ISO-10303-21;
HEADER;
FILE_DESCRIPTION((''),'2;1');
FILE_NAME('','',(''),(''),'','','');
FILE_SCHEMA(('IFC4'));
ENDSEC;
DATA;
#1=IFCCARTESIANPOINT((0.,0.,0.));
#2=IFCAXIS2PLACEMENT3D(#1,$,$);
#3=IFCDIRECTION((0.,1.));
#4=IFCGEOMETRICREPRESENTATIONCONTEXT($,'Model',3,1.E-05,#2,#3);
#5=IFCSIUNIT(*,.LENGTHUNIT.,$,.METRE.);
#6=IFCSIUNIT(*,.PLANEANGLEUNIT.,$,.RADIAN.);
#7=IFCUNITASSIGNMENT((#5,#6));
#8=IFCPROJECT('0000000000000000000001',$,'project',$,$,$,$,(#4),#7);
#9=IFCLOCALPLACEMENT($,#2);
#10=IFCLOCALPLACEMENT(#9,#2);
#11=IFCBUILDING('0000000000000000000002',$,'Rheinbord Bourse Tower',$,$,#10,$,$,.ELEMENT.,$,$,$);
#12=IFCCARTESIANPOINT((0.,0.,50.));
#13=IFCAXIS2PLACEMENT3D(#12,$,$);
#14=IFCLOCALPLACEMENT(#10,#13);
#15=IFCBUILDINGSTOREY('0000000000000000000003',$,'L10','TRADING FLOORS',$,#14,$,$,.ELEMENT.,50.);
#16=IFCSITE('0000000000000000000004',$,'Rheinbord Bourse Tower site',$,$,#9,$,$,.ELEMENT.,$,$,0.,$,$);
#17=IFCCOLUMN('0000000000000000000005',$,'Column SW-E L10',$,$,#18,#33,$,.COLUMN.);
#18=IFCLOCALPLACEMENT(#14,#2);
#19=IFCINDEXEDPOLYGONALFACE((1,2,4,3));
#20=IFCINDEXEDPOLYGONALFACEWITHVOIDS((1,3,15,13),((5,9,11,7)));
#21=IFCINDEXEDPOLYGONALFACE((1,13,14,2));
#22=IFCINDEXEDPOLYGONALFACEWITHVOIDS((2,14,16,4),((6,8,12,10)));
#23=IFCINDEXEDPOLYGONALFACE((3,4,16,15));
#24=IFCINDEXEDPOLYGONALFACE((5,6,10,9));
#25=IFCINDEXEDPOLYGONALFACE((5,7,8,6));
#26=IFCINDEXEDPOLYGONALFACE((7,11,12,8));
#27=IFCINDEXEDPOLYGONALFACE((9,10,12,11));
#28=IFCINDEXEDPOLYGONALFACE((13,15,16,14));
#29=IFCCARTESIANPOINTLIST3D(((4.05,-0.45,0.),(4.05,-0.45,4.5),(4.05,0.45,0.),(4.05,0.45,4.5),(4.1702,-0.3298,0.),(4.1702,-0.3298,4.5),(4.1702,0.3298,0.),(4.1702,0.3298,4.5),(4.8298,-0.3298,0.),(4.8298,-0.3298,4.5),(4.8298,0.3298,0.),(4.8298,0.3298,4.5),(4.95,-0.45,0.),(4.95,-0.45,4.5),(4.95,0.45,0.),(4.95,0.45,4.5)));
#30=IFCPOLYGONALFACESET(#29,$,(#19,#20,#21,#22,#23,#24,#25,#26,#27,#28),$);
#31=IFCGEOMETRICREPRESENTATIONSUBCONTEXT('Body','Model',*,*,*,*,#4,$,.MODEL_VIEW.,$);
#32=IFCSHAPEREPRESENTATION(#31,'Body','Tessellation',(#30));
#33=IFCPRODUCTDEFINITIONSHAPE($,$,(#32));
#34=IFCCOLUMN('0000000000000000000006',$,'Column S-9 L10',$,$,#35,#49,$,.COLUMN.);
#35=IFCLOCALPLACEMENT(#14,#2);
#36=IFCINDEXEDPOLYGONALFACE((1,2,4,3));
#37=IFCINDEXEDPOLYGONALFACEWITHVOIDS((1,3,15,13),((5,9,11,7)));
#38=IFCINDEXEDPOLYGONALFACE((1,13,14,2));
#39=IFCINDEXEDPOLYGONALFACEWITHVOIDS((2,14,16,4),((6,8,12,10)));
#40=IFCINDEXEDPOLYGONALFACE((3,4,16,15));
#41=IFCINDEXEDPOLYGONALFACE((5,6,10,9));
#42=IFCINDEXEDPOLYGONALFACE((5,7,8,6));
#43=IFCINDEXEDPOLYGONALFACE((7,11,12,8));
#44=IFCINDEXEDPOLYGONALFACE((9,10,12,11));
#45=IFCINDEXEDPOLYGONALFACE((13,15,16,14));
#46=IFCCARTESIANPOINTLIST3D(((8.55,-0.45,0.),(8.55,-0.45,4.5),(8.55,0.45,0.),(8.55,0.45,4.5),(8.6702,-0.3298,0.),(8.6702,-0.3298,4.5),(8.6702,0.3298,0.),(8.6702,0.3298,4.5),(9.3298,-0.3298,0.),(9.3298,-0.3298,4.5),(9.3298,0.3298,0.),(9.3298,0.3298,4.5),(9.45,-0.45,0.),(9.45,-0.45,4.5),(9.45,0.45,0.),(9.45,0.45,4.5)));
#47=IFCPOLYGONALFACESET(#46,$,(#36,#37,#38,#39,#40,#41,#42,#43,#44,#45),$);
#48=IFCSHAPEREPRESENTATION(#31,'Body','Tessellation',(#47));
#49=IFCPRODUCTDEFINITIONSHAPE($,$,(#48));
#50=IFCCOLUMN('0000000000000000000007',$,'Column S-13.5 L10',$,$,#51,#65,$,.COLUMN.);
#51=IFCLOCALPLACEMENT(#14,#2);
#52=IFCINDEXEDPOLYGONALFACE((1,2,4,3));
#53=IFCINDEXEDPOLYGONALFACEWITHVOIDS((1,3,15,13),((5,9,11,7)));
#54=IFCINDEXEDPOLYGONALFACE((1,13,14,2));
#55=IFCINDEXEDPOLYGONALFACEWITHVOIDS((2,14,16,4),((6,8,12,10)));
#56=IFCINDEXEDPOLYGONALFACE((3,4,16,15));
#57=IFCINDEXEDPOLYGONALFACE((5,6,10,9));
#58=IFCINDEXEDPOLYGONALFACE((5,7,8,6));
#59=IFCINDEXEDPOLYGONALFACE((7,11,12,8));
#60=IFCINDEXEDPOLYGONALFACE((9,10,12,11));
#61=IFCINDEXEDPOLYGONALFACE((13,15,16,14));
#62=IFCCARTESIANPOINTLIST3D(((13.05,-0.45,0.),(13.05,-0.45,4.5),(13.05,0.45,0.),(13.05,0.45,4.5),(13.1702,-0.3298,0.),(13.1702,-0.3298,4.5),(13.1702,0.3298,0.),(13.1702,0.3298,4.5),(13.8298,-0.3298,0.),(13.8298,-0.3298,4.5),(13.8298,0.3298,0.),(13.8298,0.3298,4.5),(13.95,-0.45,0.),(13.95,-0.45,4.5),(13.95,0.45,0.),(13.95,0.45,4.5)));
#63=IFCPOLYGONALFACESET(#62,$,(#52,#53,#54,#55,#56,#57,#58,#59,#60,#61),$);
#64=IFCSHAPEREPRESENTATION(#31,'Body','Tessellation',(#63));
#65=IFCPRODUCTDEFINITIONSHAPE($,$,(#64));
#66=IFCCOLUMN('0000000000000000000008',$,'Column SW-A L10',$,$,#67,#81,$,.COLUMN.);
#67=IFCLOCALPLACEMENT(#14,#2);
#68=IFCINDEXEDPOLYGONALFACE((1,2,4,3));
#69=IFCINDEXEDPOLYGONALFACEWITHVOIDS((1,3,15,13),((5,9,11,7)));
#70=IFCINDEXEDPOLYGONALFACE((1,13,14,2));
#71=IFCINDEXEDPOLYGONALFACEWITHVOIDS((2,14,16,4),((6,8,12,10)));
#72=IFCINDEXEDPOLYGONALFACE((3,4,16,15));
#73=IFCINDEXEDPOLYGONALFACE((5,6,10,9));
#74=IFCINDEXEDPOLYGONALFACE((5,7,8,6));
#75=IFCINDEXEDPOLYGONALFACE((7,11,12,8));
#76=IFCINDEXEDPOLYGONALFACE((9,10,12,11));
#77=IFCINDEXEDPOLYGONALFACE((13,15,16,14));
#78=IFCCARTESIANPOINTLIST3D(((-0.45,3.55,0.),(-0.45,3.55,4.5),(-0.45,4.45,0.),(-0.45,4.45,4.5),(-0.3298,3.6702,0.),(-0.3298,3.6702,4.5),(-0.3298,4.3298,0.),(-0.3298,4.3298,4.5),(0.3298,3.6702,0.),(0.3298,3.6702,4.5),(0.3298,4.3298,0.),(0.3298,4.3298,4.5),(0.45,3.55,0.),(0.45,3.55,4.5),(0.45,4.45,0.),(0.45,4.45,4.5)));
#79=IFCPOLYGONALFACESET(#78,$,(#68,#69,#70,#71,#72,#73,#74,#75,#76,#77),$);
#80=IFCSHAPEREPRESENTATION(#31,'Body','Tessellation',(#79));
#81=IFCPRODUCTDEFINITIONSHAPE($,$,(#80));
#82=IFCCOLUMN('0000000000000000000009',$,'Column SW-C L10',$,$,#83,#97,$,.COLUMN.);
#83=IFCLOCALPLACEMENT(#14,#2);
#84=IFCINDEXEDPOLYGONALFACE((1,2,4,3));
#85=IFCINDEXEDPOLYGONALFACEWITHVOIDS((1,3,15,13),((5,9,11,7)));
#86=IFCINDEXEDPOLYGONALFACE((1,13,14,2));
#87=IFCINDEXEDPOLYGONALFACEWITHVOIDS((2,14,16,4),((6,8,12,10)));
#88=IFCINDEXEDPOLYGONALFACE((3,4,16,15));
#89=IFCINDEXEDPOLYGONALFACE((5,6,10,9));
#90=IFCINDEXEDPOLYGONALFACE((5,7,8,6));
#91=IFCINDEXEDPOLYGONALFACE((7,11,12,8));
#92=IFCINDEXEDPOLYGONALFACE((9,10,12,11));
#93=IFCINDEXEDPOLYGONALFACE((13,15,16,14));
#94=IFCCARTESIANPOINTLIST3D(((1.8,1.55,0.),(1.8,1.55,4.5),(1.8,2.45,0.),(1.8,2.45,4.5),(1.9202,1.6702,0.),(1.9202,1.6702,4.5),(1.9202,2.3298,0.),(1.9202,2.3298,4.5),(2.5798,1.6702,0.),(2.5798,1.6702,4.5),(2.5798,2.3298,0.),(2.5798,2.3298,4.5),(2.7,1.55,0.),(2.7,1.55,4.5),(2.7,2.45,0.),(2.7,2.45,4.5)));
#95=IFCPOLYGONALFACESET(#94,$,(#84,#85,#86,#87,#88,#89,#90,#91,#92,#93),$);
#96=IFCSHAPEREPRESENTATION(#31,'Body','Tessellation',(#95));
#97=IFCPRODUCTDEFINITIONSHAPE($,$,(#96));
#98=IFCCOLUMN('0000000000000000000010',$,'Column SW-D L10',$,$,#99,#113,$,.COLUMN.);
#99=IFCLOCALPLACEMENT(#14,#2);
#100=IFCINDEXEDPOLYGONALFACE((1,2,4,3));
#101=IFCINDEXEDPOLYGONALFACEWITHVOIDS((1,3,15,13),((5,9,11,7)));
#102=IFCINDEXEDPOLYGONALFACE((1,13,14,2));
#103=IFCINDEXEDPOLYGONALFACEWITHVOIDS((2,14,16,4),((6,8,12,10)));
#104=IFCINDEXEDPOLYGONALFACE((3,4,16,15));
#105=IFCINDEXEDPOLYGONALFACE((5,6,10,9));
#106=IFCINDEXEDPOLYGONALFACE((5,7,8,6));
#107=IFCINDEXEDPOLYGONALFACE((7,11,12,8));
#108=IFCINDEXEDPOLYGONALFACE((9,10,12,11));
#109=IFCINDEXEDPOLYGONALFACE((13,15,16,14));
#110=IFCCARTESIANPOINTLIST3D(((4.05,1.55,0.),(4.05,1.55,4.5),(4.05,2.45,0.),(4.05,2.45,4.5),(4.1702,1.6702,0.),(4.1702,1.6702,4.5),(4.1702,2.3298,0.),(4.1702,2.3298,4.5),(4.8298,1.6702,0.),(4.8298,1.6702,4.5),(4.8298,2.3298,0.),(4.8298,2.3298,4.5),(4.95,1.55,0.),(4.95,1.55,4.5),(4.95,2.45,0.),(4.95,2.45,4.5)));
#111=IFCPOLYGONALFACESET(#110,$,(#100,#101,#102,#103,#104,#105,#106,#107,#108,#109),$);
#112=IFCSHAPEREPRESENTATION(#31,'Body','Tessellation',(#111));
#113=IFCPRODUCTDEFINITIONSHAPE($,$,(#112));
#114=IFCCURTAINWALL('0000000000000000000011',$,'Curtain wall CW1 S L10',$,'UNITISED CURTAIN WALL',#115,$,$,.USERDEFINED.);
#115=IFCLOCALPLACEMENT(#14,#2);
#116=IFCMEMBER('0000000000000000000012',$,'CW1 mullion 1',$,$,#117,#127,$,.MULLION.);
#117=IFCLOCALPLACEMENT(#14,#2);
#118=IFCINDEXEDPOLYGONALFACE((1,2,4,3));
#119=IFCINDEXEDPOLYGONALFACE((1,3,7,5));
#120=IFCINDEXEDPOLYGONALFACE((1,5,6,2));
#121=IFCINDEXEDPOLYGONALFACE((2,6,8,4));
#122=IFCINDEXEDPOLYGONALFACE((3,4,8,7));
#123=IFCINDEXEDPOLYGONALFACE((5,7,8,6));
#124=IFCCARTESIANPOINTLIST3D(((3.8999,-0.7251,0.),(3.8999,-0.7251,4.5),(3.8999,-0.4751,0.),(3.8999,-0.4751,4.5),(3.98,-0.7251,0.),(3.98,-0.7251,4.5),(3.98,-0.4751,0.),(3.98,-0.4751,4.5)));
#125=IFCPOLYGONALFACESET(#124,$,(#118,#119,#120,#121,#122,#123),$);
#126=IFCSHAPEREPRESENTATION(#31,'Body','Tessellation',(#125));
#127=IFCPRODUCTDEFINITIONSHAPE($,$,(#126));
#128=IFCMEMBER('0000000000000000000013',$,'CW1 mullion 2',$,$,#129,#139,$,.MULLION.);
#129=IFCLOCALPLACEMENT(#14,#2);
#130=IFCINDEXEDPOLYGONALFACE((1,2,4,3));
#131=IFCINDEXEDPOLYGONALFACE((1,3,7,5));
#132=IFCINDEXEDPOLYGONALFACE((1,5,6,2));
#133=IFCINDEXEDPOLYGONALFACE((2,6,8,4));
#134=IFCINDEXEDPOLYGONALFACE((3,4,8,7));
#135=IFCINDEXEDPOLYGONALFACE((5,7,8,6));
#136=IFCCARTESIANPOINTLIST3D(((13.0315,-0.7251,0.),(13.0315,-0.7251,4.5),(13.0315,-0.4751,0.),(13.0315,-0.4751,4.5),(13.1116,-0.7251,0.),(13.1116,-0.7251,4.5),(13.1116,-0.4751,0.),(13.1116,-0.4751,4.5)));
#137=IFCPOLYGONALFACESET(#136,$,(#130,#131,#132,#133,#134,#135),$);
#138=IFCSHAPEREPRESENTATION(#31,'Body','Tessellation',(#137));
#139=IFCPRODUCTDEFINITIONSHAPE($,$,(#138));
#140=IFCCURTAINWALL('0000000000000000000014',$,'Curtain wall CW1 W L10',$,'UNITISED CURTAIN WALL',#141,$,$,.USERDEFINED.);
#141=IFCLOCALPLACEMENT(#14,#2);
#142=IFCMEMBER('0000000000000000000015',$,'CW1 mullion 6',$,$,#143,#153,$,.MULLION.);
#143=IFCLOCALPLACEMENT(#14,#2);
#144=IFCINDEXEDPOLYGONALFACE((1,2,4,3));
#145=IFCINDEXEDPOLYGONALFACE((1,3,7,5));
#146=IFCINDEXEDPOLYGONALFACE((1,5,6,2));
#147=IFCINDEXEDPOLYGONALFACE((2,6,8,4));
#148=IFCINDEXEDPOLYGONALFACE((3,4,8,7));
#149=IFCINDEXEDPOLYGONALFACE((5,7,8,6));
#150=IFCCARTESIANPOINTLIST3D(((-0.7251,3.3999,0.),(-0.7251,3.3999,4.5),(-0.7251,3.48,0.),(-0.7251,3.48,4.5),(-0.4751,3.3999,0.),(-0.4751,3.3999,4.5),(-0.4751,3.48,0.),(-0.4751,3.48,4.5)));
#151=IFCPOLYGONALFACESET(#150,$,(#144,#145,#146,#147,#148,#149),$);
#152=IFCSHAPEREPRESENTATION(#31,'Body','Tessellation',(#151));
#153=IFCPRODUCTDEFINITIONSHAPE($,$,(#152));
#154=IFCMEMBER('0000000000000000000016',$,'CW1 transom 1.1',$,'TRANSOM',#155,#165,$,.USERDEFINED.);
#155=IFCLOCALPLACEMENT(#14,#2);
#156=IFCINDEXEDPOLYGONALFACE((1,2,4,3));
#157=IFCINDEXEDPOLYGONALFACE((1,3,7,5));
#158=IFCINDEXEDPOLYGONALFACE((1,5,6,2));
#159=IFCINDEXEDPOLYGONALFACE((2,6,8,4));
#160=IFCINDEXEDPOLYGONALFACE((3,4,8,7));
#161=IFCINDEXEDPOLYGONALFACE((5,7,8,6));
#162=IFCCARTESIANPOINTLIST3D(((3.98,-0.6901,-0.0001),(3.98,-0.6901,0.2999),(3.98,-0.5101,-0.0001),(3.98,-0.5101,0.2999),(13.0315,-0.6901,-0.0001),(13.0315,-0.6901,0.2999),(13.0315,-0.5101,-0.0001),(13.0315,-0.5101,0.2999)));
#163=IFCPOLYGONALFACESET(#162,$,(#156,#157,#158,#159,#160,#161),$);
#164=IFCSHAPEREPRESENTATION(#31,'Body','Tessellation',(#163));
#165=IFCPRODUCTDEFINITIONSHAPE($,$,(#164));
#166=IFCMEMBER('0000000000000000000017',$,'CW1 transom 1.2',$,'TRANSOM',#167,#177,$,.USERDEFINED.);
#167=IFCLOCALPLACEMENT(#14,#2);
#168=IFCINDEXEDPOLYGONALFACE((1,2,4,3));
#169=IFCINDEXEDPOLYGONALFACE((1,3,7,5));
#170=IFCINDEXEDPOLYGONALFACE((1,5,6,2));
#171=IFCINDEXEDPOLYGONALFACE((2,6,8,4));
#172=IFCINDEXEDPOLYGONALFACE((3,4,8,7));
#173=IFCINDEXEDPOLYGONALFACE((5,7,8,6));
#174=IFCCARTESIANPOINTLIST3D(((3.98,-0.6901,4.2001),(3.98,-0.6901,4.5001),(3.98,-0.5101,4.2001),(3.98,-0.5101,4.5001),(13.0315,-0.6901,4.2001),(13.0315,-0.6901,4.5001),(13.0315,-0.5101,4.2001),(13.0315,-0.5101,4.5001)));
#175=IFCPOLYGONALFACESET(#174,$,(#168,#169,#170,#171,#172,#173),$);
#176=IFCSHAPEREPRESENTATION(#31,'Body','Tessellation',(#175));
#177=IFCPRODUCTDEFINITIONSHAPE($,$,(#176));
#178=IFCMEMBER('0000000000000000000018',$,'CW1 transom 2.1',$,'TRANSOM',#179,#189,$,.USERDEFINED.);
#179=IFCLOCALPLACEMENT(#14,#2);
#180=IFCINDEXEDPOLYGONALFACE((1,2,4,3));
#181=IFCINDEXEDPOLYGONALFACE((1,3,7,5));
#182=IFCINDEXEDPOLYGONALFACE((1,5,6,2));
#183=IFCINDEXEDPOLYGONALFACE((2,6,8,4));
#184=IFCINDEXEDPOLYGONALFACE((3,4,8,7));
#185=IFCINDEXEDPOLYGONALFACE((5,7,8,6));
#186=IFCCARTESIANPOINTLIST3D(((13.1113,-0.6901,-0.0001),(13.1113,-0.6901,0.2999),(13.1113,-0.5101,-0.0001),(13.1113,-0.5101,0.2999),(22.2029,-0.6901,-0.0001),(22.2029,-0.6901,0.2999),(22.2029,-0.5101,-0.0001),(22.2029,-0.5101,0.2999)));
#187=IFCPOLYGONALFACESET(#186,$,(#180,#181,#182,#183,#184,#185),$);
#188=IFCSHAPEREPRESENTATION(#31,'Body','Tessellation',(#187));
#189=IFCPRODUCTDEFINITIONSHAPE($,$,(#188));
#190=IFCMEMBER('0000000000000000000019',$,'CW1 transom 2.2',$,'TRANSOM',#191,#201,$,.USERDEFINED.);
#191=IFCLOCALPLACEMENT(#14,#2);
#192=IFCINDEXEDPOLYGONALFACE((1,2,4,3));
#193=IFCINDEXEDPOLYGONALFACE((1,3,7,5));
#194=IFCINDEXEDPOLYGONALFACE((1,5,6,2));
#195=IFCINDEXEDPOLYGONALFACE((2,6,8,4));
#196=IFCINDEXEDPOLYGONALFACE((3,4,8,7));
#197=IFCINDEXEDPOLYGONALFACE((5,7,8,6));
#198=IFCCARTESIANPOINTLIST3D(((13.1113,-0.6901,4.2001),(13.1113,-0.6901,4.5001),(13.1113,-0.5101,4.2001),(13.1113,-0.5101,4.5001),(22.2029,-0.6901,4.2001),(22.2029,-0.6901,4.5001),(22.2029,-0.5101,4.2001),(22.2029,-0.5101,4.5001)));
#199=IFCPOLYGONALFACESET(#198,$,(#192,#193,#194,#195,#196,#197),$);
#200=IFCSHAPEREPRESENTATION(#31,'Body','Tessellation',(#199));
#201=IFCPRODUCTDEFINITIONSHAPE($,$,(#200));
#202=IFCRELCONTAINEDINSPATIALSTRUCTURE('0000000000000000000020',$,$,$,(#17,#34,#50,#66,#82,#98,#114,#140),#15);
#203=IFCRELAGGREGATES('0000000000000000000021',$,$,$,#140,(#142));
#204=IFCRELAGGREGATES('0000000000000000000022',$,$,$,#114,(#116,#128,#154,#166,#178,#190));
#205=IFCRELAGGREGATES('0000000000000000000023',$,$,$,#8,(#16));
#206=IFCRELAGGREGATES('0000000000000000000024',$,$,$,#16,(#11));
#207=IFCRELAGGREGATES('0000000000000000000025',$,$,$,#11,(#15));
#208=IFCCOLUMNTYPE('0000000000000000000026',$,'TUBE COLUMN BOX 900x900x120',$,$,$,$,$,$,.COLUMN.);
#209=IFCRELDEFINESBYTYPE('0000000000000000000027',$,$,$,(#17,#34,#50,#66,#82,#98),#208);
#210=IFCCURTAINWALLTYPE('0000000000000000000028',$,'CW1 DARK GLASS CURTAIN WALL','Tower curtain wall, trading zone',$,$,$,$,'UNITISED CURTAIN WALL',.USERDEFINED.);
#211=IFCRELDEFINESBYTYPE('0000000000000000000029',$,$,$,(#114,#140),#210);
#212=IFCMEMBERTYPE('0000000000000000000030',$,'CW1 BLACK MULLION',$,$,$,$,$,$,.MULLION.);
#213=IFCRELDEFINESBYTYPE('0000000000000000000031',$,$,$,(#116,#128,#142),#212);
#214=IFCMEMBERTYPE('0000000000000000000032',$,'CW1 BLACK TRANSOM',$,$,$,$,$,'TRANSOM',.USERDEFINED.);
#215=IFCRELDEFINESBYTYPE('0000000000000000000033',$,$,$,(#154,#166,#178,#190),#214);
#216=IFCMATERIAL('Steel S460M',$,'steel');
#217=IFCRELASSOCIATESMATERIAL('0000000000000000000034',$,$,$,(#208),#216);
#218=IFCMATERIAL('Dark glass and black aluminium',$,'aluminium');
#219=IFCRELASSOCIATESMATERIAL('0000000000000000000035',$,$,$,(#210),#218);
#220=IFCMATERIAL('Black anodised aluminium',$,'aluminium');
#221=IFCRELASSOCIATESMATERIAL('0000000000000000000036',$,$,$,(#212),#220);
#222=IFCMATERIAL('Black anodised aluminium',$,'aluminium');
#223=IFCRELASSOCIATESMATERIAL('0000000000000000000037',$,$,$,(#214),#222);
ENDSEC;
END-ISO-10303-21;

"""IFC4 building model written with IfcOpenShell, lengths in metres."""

from ifc_helpers import new_model, si_unit, direction, frame, origin, origin_2d, place, context, subcontext, project, spatial, rectangle, hollow_rectangle, extrude, material, material_profile, profile_set, type_object, element, aggregate, save


model = new_model("IFC4")

# Units and contexts
model_context = context("Model", 3, precision=1e-05, world=origin(), true_north=direction((0.0, 1.0)))
body_context = subcontext(model_context, "Body", "Model", "MODEL_VIEW")
ifc_project = project(units=[si_unit("LENGTHUNIT", "METRE"), si_unit("PLANEANGLEUNIT", "RADIAN")], contexts=[model_context])

# Site, building, storey
site_placement = place(None, origin())
site = spatial("IfcSite", under=ifc_project, at=site_placement, Name="Rheinbord Bourse Tower site", CompositionType="ELEMENT", RefElevation=0.0)
building_placement = place(site_placement, origin())
building = spatial("IfcBuilding", under=site, at=building_placement, Name="Rheinbord Bourse Tower", CompositionType="ELEMENT")
storey_placement = place(building_placement, frame((0.0, 0.0, 50.0)))
storey = spatial("IfcBuildingStorey", under=building, at=storey_placement, Name="L10", Description="TRADING FLOORS", CompositionType="ELEMENT", Elevation=50.0)

# Columns
ifc_material_1 = material(Name="Steel S460M", Category="steel")
ifc_material_profile_1 = material_profile(ifc_material_1, hollow_rectangle(XDim=0.8999, YDim=0.8999, WallThickness=0.1201, at=origin_2d()), Name="BOX 900x900x120")
ifc_profile_set_1 = profile_set([ifc_material_profile_1], Name="Steel S460M")
column_type = type_object("IfcColumnType", Name="TUBE COLUMN BOX 900x900x120", PredefinedType="COLUMN", material=ifc_profile_set_1)
for number, where, z_axis, x_axis, name in (
    (1, (4.5, 0.0, 0.0), (0.0, 0.0, 1.0), (0.0, 1.0, 0.0), "Column SW-E L10"),
    (2, (9.0, 0.0, 0.0), (0.0, 0.0, 1.0), (0.0, 1.0, 0.0), "Column S-9 L10"),
    (3, (13.5, 0.0, 0.0), (0.0, 0.0, 1.0), (0.0, 1.0, 0.0), "Column S-13.5 L10"),
    (4, (0.0, 4.0, 0.0), (0.0, 0.0, 1.0), (1.0, 0.0, 0.0), "Column SW-A L10"),
    (5, (2.25, 2.0, 0.0), (0.0, 0.0, 1.0), (1.0, 0.0, 0.0), "Column SW-C L10"),
    (6, (4.5, 2.0, 0.0), (0.0, 0.0, 1.0), (0.0, 1.0, 0.0), "Column SW-D L10"),
):
    element("IfcColumn", number, at=place(storey_placement, frame(where, z_axis=z_axis, x_axis=x_axis)), inside=storey, type_object=column_type, Name=name, PredefinedType="COLUMN", context=body_context, shape_type="SweptSolid", body=[
        extrude(hollow_rectangle(XDim=0.8999, YDim=0.8999, WallThickness=0.1201, at=origin_2d()), origin(), (0.0, 0.0, 1.0), 4.5),
    ])

# Curtain wall, members
ifc_material_2 = material(Name="Dark glass and black aluminium", Category="aluminium")
curtain_wall_type = type_object("IfcCurtainWallType", Name="CW1 DARK GLASS CURTAIN WALL", Description="Tower curtain wall, trading zone", ElementType="UNITISED CURTAIN WALL", PredefinedType="USERDEFINED", material=ifc_material_2)
curtain_wall_1_placement = place(storey_placement, origin())
curtain_wall_1 = element("IfcCurtainWall", 7, at=curtain_wall_1_placement, inside=storey, type_object=curtain_wall_type, Name="Curtain wall CW1 S L10", ObjectType="UNITISED CURTAIN WALL", PredefinedType="USERDEFINED")
ifc_material_3 = material(Name="Black anodised aluminium", Category="aluminium")
ifc_material_profile_2 = material_profile(ifc_material_3, rectangle(XDim=0.25, YDim=0.0801, at=origin_2d()), Name="CW1 MULLION 80x250")
ifc_profile_set_2 = profile_set([ifc_material_profile_2], Name="Black anodised aluminium")
member_type_1 = type_object("IfcMemberType", Name="CW1 BLACK MULLION", PredefinedType="MULLION", material=ifc_profile_set_2)
member_1_placement = place(storey_placement, frame((3.9399, -0.6001, 0.0), z_axis=(0.0, 0.0, 1.0), x_axis=(0.0, 1.0, 0.0)))
member_1 = element("IfcMember", 8, at=member_1_placement, type_object=member_type_1, Name="CW1 mullion 1", PredefinedType="MULLION", context=body_context, shape_type="SweptSolid", body=[
    extrude(rectangle(XDim=0.25, YDim=0.0801, at=origin_2d()), origin(), (0.0, 0.0, 1.0), 4.5),
])
member_2_placement = place(storey_placement, frame((13.0715, -0.6001, 0.0), z_axis=(0.0, 0.0, 1.0), x_axis=(0.0, 1.0, 0.0)))
member_2 = element("IfcMember", 9, at=member_2_placement, type_object=member_type_1, Name="CW1 mullion 2", PredefinedType="MULLION", context=body_context, shape_type="SweptSolid", body=[
    extrude(rectangle(XDim=0.25, YDim=0.0801, at=origin_2d()), origin(), (0.0, 0.0, 1.0), 4.5),
])

# Curtain wall, member
curtain_wall_2_placement = place(storey_placement, origin())
curtain_wall_2 = element("IfcCurtainWall", 10, at=curtain_wall_2_placement, inside=storey, type_object=curtain_wall_type, Name="Curtain wall CW1 W L10", ObjectType="UNITISED CURTAIN WALL", PredefinedType="USERDEFINED")
member_3_placement = place(storey_placement, frame((-0.6001, 3.4399, 0.0), z_axis=(0.0, 0.0, 1.0), x_axis=(1.0, 0.0, 0.0)))
member_3 = element("IfcMember", 11, at=member_3_placement, type_object=member_type_1, Name="CW1 mullion 6", PredefinedType="MULLION", context=body_context, shape_type="SweptSolid", body=[
    extrude(rectangle(XDim=0.25, YDim=0.0801, at=origin_2d()), origin(), (0.0, 0.0, 1.0), 4.5),
])
aggregate(curtain_wall_2, [member_3])

# Members
ifc_material_4 = material(Name="Black anodised aluminium", Category="aluminium")
ifc_material_profile_3 = material_profile(ifc_material_4, rectangle(XDim=0.1799, YDim=0.3, at=origin_2d()), Name="CW1 TRANSOM 300x180")
ifc_profile_set_3 = profile_set([ifc_material_profile_3], Name="Black anodised aluminium")
member_type_2 = type_object("IfcMemberType", Name="CW1 BLACK TRANSOM", ElementType="TRANSOM", PredefinedType="USERDEFINED", material=ifc_profile_set_3)
member_4_placement = place(storey_placement, frame((3.98, -0.6001, 0.1499), z_axis=(1.0, 0.0, 0.0), x_axis=(0.0, 1.0, 0.0)))
member_4 = element("IfcMember", 12, at=member_4_placement, type_object=member_type_2, Name="CW1 transom 1.1", ObjectType="TRANSOM", PredefinedType="USERDEFINED", context=body_context, shape_type="SweptSolid", body=[
    extrude(rectangle(XDim=0.1799, YDim=0.3, at=origin_2d()), origin(), (0.0, 0.0, 1.0), 9.0515),
])
member_5_placement = place(storey_placement, frame((3.98, -0.6001, 4.3501), z_axis=(1.0, 0.0, 0.0), x_axis=(0.0, 1.0, 0.0)))
member_5 = element("IfcMember", 13, at=member_5_placement, type_object=member_type_2, Name="CW1 transom 1.2", ObjectType="TRANSOM", PredefinedType="USERDEFINED", context=body_context, shape_type="SweptSolid", body=[
    extrude(rectangle(XDim=0.1799, YDim=0.3, at=origin_2d()), origin(), (0.0, 0.0, 1.0), 9.0515),
])
member_6_placement = place(storey_placement, frame((13.1113, -0.6001, 0.1499), z_axis=(1.0, 0.0, 0.0), x_axis=(0.0, 1.0, 0.0)))
member_6 = element("IfcMember", 14, at=member_6_placement, type_object=member_type_2, Name="CW1 transom 2.1", ObjectType="TRANSOM", PredefinedType="USERDEFINED", context=body_context, shape_type="SweptSolid", body=[
    extrude(rectangle(XDim=0.1799, YDim=0.3, at=origin_2d()), origin(), (0.0, 0.0, 1.0), 9.0916),
])
member_7_placement = place(storey_placement, frame((13.1113, -0.6001, 4.3501), z_axis=(1.0, 0.0, 0.0), x_axis=(0.0, 1.0, 0.0)))
member_7 = element("IfcMember", 15, at=member_7_placement, type_object=member_type_2, Name="CW1 transom 2.2", ObjectType="TRANSOM", PredefinedType="USERDEFINED", context=body_context, shape_type="SweptSolid", body=[
    extrude(rectangle(XDim=0.1799, YDim=0.3, at=origin_2d()), origin(), (0.0, 0.0, 1.0), 9.0916),
])

aggregate(curtain_wall_1, [member_1, member_2, member_4, member_5, member_6, member_7])

save(model, "model.ifc")
